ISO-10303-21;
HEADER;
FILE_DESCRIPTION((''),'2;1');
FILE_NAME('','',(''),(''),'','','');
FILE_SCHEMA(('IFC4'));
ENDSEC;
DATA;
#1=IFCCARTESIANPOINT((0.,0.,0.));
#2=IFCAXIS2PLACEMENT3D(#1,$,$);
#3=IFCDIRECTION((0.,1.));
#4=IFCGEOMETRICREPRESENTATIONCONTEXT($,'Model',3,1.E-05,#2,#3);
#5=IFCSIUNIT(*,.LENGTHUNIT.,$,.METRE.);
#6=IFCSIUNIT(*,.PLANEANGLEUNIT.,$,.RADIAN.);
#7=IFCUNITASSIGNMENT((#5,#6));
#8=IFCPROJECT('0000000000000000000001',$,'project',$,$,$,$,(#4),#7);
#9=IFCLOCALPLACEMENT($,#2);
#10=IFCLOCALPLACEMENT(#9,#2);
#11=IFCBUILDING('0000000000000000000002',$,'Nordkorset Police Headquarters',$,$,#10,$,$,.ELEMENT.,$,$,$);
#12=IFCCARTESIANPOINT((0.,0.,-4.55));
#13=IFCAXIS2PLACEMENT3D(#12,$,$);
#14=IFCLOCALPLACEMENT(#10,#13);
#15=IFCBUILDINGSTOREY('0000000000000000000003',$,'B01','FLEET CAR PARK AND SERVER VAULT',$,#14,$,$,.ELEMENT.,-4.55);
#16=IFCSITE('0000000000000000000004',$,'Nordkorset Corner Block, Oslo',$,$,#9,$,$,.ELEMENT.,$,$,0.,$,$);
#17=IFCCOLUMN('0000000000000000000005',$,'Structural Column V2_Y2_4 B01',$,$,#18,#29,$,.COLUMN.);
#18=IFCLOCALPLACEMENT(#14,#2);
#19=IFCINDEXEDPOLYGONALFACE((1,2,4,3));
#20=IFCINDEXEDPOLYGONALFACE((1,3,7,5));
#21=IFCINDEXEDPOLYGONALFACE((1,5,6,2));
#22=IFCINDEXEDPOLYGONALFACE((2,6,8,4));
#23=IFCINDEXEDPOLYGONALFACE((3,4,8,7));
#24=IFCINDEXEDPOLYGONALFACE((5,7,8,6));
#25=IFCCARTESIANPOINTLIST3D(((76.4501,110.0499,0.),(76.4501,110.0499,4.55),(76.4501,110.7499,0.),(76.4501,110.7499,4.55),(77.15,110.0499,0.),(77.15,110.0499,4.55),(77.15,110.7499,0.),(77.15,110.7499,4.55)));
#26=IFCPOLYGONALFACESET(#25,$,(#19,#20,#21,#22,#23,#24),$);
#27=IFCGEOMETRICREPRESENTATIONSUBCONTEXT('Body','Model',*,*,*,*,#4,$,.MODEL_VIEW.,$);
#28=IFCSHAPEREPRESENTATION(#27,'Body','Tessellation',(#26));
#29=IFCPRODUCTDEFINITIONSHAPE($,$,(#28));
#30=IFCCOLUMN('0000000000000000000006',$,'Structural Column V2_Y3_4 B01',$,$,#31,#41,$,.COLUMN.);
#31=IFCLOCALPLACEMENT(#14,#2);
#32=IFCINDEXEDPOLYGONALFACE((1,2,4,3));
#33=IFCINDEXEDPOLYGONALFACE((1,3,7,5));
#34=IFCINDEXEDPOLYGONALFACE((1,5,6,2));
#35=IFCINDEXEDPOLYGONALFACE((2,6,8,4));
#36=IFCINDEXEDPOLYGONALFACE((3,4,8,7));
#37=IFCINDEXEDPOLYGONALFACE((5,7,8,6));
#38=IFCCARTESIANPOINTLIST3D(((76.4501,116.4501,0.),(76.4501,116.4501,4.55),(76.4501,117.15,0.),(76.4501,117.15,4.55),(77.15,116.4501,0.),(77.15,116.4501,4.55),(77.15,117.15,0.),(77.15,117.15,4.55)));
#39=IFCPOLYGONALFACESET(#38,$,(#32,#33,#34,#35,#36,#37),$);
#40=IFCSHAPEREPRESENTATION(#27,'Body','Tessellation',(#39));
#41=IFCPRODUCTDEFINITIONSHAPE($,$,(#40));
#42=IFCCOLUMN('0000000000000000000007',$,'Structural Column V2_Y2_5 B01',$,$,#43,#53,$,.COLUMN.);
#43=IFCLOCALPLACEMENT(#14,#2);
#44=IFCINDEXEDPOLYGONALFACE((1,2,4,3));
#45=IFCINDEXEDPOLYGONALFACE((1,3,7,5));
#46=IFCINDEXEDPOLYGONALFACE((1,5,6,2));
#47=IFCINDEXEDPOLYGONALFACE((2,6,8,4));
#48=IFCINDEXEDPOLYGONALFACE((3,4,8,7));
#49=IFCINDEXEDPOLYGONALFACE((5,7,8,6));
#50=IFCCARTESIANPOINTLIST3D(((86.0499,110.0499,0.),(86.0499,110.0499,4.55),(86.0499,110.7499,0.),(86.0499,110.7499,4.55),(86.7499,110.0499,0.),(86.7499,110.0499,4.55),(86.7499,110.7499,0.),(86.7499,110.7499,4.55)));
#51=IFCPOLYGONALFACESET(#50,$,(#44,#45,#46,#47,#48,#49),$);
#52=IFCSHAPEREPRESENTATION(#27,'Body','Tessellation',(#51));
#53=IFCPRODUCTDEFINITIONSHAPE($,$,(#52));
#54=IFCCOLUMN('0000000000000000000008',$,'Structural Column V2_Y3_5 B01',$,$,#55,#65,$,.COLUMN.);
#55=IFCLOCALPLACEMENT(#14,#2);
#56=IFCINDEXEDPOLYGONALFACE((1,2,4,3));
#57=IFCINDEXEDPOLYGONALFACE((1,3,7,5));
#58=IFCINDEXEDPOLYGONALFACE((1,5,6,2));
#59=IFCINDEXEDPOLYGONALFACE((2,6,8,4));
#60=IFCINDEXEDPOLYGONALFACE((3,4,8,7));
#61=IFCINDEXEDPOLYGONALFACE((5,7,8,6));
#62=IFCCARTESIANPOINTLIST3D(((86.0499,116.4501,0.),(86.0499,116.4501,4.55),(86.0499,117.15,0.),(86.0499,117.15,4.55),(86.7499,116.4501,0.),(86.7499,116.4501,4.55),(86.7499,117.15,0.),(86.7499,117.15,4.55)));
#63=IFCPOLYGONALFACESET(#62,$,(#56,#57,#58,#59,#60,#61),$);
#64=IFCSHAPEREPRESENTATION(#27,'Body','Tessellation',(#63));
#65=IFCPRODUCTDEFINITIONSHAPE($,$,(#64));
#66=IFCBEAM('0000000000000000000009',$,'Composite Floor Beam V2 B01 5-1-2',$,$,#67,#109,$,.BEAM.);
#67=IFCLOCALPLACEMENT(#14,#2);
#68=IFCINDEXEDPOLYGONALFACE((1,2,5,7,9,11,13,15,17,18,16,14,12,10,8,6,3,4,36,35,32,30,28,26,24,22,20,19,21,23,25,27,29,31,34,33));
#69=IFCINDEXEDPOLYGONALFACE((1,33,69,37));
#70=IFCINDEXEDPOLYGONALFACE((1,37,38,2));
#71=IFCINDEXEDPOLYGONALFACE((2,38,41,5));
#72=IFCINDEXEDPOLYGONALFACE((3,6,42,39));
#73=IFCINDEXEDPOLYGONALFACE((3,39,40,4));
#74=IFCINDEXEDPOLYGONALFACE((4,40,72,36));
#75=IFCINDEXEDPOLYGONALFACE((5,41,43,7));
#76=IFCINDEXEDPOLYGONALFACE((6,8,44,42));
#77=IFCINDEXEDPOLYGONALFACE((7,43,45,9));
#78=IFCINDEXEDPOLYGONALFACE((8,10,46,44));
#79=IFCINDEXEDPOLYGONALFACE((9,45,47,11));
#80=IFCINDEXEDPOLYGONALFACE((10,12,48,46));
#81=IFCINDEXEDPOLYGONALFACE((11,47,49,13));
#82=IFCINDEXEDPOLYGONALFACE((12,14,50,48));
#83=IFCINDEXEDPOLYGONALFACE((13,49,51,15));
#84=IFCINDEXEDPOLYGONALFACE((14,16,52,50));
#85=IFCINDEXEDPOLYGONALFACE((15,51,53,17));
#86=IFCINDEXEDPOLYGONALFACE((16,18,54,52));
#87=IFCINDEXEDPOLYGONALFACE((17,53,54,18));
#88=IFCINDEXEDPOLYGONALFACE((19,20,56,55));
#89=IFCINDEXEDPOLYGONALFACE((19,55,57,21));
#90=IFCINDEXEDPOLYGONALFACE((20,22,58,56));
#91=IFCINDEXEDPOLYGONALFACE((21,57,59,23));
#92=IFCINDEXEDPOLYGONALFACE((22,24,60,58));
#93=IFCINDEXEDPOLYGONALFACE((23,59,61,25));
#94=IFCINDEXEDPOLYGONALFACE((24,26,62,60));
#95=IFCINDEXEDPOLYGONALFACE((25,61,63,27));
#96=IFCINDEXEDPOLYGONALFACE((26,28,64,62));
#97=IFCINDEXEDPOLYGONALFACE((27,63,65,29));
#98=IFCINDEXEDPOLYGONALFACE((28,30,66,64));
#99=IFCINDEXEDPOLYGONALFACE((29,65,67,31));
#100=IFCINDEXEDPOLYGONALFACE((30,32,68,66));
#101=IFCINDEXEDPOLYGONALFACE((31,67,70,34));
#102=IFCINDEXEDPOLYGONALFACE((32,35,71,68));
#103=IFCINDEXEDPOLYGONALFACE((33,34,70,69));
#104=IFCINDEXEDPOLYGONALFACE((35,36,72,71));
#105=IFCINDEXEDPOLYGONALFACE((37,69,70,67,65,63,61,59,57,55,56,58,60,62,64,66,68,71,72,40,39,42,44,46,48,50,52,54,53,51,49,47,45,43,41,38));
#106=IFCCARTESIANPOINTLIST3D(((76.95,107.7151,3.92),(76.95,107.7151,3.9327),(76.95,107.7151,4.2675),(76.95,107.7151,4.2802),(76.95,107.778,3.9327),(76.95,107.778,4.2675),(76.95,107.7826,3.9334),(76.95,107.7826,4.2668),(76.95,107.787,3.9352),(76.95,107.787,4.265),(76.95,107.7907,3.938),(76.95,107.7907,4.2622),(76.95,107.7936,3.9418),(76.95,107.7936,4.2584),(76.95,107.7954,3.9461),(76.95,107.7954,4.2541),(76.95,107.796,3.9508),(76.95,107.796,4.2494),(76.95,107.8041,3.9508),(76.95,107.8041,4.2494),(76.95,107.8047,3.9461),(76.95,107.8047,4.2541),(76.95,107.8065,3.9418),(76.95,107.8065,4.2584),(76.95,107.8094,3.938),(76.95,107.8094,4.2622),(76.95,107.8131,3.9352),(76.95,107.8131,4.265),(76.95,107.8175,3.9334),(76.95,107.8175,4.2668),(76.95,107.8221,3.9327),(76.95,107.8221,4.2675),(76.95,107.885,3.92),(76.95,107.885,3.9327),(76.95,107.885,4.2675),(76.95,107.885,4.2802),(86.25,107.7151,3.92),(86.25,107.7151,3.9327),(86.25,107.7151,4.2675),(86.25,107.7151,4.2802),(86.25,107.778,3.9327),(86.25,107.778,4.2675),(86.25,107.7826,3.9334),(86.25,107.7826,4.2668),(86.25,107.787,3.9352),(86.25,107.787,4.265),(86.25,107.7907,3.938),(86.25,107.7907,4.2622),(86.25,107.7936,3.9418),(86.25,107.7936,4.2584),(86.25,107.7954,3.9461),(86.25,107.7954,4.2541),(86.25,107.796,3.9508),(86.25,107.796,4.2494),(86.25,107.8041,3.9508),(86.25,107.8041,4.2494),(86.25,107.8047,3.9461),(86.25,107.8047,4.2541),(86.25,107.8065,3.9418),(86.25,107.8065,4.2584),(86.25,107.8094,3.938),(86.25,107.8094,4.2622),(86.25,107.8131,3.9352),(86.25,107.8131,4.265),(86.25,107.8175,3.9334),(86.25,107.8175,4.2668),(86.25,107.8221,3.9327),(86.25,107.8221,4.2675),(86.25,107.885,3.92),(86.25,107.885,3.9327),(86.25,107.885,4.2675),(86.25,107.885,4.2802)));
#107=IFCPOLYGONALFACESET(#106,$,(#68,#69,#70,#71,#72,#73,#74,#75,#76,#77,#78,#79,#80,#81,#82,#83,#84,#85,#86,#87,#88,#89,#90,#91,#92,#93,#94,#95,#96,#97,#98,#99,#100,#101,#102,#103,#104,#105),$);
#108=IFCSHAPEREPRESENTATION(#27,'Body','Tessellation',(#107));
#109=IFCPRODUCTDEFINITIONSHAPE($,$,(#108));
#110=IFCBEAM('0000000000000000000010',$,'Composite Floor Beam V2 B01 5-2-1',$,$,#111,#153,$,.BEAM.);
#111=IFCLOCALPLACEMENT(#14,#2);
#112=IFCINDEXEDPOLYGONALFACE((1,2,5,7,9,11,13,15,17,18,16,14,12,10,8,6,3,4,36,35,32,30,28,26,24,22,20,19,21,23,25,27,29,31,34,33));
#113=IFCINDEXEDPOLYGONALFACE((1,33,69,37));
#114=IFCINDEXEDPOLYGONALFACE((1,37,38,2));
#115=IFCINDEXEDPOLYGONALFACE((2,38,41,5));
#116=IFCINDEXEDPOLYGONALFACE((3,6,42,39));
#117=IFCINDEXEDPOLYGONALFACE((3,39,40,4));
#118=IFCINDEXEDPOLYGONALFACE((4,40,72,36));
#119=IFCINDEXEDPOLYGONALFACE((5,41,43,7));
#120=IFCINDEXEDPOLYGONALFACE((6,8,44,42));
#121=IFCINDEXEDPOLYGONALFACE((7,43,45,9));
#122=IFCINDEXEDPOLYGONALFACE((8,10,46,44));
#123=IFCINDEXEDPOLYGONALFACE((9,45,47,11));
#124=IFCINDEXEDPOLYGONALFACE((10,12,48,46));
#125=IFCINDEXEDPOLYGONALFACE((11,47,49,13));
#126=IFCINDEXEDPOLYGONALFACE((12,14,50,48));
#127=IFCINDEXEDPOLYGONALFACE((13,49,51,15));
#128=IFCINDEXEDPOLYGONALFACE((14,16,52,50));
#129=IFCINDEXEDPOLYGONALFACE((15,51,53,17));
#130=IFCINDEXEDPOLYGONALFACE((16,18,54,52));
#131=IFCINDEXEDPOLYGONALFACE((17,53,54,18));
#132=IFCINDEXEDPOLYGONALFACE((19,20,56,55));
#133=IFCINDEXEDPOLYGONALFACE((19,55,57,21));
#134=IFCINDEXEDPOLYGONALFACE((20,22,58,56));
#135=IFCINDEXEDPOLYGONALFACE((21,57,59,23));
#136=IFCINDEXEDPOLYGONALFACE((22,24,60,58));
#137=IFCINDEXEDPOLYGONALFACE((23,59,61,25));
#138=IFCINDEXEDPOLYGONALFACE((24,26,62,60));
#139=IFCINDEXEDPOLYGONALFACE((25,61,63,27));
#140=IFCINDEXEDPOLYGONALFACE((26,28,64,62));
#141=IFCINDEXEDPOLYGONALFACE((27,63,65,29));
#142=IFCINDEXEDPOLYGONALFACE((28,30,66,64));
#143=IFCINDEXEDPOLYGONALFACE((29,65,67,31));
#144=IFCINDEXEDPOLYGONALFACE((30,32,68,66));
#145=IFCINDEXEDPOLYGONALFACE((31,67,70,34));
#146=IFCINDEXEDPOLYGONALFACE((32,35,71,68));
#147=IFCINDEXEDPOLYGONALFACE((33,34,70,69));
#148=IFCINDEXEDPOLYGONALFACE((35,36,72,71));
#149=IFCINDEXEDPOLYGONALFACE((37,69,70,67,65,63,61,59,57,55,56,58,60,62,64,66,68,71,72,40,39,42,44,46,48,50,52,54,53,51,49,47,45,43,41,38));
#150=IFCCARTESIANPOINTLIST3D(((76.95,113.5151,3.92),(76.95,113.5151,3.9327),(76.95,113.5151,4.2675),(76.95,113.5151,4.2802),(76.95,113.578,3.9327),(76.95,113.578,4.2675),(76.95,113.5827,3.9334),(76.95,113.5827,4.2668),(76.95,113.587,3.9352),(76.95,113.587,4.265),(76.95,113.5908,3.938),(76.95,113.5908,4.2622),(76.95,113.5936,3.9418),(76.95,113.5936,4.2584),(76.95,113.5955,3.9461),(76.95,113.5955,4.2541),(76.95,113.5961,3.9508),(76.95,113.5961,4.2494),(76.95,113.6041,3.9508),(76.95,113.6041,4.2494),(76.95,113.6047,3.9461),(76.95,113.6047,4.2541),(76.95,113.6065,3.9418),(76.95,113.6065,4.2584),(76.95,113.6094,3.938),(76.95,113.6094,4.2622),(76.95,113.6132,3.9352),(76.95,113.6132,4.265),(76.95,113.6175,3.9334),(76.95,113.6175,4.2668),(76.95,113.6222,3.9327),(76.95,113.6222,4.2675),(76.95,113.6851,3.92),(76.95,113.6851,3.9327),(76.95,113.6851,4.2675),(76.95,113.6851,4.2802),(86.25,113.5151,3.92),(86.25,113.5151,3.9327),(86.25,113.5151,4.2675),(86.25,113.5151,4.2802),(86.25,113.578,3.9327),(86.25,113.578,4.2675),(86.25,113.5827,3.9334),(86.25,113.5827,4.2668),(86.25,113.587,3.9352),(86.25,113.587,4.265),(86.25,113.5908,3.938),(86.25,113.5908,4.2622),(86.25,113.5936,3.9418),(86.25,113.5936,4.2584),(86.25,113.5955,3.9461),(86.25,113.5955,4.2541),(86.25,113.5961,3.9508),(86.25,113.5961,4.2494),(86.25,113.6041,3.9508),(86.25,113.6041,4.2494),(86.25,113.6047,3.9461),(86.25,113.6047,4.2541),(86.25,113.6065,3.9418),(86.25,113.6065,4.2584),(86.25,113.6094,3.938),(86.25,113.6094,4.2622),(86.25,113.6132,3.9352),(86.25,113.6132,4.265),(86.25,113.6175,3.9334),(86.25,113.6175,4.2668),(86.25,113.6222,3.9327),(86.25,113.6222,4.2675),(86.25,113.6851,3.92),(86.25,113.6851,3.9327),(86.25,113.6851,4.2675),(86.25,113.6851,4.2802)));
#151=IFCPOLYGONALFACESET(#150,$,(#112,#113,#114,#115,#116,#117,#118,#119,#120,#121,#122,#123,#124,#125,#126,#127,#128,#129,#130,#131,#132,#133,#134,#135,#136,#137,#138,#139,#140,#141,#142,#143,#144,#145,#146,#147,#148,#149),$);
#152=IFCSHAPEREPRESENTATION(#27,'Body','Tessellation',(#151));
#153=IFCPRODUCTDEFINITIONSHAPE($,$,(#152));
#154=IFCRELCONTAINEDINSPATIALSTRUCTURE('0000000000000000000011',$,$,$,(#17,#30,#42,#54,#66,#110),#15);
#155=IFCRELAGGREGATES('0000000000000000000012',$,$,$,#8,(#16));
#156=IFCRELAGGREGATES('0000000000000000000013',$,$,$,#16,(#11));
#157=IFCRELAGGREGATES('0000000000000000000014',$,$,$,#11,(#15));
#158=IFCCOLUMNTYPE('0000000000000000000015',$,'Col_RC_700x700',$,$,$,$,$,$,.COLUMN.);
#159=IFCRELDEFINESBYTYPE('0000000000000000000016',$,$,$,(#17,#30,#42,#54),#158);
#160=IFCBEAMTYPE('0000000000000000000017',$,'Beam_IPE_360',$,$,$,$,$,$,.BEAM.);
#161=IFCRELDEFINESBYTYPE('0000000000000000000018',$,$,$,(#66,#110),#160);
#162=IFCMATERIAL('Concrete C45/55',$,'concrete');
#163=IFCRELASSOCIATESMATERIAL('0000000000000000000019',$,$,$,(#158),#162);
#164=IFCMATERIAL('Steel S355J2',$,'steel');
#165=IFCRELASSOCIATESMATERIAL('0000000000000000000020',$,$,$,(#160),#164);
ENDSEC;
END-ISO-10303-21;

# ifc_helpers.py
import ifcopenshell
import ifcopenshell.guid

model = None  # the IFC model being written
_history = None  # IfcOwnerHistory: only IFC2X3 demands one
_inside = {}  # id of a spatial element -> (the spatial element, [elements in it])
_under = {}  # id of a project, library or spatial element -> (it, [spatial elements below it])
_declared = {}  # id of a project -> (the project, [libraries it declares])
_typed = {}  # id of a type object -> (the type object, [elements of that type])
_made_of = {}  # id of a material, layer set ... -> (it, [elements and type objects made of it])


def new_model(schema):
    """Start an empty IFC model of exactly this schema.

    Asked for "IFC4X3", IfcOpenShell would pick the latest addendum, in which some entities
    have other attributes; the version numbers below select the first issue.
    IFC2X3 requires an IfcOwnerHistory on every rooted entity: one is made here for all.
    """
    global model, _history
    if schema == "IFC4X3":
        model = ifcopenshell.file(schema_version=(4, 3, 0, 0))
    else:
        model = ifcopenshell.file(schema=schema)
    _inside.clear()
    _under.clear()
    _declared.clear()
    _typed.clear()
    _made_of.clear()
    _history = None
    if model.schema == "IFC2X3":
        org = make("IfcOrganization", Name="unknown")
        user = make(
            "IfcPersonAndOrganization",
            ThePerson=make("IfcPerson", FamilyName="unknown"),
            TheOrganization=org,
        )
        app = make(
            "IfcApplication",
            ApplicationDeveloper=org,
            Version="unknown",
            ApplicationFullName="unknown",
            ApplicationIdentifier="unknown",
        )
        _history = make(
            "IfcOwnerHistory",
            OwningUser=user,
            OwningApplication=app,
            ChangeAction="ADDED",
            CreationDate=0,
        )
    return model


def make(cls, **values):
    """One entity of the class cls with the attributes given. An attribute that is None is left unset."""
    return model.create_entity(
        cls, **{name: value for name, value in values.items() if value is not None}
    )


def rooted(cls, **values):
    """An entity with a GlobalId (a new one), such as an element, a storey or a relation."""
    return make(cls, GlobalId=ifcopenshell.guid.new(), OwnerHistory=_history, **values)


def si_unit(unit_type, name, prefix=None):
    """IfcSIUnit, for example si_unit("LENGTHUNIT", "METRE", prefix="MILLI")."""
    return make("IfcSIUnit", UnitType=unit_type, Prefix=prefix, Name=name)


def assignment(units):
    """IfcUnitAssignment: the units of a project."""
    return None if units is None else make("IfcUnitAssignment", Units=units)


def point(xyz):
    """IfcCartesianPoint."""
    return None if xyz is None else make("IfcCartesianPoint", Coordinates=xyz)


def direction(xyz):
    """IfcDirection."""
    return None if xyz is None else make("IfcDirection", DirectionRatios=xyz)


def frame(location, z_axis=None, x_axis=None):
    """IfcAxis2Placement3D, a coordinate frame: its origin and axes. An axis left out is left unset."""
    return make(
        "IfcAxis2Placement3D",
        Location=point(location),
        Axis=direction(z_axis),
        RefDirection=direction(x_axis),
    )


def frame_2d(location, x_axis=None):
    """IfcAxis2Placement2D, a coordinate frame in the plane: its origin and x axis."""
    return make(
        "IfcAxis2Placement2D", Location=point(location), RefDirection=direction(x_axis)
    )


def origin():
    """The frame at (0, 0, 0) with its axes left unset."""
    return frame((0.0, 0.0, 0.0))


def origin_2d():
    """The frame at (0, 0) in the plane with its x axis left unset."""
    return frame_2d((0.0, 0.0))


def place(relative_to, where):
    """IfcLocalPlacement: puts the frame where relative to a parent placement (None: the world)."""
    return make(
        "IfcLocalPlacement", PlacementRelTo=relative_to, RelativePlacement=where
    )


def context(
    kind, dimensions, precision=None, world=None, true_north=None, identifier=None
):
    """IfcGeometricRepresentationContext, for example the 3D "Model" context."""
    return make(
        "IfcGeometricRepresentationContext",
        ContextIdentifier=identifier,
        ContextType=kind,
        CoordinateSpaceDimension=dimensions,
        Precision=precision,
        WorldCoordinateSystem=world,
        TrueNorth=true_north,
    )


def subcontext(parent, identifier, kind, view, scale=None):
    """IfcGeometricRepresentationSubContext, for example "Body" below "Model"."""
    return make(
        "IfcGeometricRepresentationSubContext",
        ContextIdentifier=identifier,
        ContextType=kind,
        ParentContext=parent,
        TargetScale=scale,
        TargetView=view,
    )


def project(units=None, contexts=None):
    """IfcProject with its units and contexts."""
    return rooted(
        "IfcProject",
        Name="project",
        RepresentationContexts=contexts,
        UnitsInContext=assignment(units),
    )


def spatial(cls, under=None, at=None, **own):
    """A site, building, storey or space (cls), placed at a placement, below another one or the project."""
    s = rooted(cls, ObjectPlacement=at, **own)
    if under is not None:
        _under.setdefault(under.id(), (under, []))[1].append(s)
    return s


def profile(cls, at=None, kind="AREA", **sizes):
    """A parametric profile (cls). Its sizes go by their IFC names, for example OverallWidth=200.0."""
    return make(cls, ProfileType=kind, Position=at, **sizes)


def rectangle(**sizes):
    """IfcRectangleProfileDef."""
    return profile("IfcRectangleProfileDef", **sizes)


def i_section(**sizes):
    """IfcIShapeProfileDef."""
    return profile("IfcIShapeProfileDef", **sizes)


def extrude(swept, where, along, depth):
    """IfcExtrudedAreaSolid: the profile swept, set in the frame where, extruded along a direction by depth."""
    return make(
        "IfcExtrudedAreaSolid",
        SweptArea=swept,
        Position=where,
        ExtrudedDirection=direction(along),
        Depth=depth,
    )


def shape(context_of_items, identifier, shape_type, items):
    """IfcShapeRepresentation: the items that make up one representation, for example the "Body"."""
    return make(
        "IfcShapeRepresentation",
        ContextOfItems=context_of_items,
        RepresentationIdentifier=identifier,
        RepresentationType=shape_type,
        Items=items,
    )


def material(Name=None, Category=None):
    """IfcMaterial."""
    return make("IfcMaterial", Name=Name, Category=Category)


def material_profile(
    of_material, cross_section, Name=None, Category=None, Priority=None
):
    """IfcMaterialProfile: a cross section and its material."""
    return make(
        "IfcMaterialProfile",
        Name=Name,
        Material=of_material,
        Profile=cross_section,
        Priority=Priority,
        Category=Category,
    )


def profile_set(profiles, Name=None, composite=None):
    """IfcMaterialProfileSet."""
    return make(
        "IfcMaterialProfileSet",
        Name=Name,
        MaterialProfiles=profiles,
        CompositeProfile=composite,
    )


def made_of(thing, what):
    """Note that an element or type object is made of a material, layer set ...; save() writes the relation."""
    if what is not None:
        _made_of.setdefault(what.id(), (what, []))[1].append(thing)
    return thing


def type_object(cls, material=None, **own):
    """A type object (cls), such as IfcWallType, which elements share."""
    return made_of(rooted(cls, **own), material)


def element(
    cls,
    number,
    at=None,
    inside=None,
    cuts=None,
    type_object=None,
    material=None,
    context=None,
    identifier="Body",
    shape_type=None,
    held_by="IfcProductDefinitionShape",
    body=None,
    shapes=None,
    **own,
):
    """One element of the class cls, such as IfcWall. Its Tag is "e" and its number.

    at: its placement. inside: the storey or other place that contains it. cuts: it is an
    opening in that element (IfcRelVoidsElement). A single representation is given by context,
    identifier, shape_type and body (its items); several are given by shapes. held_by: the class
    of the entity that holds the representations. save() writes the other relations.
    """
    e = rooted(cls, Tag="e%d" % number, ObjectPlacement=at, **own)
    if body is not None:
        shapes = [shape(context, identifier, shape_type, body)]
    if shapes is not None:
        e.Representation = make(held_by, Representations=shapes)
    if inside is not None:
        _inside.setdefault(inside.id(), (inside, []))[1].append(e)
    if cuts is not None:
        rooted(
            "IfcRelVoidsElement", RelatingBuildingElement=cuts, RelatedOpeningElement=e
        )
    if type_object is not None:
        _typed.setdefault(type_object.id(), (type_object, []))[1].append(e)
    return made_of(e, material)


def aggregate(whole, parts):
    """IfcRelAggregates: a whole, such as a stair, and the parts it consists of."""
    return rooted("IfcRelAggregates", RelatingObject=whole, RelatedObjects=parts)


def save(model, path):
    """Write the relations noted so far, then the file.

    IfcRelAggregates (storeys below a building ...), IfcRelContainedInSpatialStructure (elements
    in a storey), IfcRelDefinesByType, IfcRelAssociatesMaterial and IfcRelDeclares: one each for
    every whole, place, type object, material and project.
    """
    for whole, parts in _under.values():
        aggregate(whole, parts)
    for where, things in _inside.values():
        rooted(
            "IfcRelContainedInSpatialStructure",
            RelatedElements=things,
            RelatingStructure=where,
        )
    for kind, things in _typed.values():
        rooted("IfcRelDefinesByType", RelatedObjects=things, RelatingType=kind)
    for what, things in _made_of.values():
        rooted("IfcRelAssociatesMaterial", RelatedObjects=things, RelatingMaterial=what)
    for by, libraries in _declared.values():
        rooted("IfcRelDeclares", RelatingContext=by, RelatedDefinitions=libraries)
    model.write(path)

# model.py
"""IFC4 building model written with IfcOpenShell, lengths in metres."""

from ifc_helpers import new_model, si_unit, direction, frame, origin, origin_2d, place, context, subcontext, project, spatial, rectangle, i_section, extrude, material, material_profile, profile_set, type_object, element, save


model = new_model("IFC4")

# Units and contexts
model_context = context("Model", 3, precision=1e-05, world=origin(), true_north=direction((0.0, 1.0)))
body_context = subcontext(model_context, "Body", "Model", "MODEL_VIEW")
ifc_project = project(units=[si_unit("LENGTHUNIT", "METRE"), si_unit("PLANEANGLEUNIT", "RADIAN")], contexts=[model_context])

# Site, building, storey
site_placement = place(None, origin())
site = spatial("IfcSite", under=ifc_project, at=site_placement, Name="Nordkorset Corner Block, Oslo", CompositionType="ELEMENT", RefElevation=0.0)
building_placement = place(site_placement, origin())
building = spatial("IfcBuilding", under=site, at=building_placement, Name="Nordkorset Police Headquarters", CompositionType="ELEMENT")
storey_placement = place(building_placement, frame((0.0, 0.0, -4.55)))
storey = spatial("IfcBuildingStorey", under=building, at=storey_placement, Name="B01", Description="FLEET CAR PARK AND SERVER VAULT", CompositionType="ELEMENT", Elevation=-4.55)

# Columns
ifc_material_1 = material(Name="Concrete C45/55", Category="concrete")
ifc_material_profile_1 = material_profile(ifc_material_1, rectangle(XDim=0.7, YDim=0.7, at=origin_2d()), Name="RC 700x700")
ifc_profile_set_1 = profile_set([ifc_material_profile_1], Name="Concrete C45/55")
column_type = type_object("IfcColumnType", Name="Col_RC_700x700", PredefinedType="COLUMN", material=ifc_profile_set_1)
for number, where, z_axis, x_axis, name in (
    (1, (76.8, 110.3999, 0.0), (0.0, 0.0, 1.0), (1.0, 0.0, 0.0), "Structural Column V2_Y2_4 B01"),
    (2, (76.8, 116.8, 0.0), (0.0, 0.0, 1.0), (1.0, 0.0, 0.0), "Structural Column V2_Y3_4 B01"),
    (3, (86.3999, 110.3999, 0.0), (0.0, 0.0, 1.0), (1.0, 0.0, 0.0), "Structural Column V2_Y2_5 B01"),
    (4, (86.3999, 116.8, 0.0), (0.0, 0.0, 1.0), (1.0, 0.0, 0.0), "Structural Column V2_Y3_5 B01"),
):
    element("IfcColumn", number, at=place(storey_placement, frame(where, z_axis=z_axis, x_axis=x_axis)), inside=storey, type_object=column_type, Name=name, PredefinedType="COLUMN", context=body_context, shape_type="SweptSolid", body=[
        extrude(rectangle(XDim=0.7, YDim=0.7, at=origin_2d()), origin(), (0.0, 0.0, 1.0), 4.55),
    ])

# Beams
ifc_material_2 = material(Name="Steel S355J2", Category="steel")
ifc_material_profile_2 = material_profile(ifc_material_2, i_section(OverallWidth=0.1699, OverallDepth=0.3601, WebThickness=0.0081, FlangeThickness=0.0127, FilletRadius=0.0181, at=origin_2d()), Name="IPE 360")
ifc_profile_set_2 = profile_set([ifc_material_profile_2], Name="Steel S355J2")
beam_type_1 = type_object("IfcBeamType", Name="Beam_IPE_360", PredefinedType="BEAM", material=ifc_profile_set_2)
for number, where, z_axis, x_axis, name in (
    (5, (76.95, 107.8, 4.1001), (1.0, 0.0, 0.0), (0.0, 1.0, 0.0), "Composite Floor Beam V2 B01 5-1-2"),
    (6, (76.95, 113.6001, 4.1001), (1.0, 0.0, 0.0), (0.0, 1.0, 0.0), "Composite Floor Beam V2 B01 5-2-1"),
):
    element("IfcBeam", number, at=place(storey_placement, frame(where, z_axis=z_axis, x_axis=x_axis)), inside=storey, type_object=beam_type_1, Name=name, PredefinedType="BEAM", context=body_context, shape_type="SweptSolid", body=[
        extrude(i_section(OverallWidth=0.1699, OverallDepth=0.3601, WebThickness=0.0081, FlangeThickness=0.0127, FilletRadius=0.0181, at=origin_2d()), origin(), (0.0, 0.0, 1.0), 9.3),
    ])

save(model, "model.ifc")
